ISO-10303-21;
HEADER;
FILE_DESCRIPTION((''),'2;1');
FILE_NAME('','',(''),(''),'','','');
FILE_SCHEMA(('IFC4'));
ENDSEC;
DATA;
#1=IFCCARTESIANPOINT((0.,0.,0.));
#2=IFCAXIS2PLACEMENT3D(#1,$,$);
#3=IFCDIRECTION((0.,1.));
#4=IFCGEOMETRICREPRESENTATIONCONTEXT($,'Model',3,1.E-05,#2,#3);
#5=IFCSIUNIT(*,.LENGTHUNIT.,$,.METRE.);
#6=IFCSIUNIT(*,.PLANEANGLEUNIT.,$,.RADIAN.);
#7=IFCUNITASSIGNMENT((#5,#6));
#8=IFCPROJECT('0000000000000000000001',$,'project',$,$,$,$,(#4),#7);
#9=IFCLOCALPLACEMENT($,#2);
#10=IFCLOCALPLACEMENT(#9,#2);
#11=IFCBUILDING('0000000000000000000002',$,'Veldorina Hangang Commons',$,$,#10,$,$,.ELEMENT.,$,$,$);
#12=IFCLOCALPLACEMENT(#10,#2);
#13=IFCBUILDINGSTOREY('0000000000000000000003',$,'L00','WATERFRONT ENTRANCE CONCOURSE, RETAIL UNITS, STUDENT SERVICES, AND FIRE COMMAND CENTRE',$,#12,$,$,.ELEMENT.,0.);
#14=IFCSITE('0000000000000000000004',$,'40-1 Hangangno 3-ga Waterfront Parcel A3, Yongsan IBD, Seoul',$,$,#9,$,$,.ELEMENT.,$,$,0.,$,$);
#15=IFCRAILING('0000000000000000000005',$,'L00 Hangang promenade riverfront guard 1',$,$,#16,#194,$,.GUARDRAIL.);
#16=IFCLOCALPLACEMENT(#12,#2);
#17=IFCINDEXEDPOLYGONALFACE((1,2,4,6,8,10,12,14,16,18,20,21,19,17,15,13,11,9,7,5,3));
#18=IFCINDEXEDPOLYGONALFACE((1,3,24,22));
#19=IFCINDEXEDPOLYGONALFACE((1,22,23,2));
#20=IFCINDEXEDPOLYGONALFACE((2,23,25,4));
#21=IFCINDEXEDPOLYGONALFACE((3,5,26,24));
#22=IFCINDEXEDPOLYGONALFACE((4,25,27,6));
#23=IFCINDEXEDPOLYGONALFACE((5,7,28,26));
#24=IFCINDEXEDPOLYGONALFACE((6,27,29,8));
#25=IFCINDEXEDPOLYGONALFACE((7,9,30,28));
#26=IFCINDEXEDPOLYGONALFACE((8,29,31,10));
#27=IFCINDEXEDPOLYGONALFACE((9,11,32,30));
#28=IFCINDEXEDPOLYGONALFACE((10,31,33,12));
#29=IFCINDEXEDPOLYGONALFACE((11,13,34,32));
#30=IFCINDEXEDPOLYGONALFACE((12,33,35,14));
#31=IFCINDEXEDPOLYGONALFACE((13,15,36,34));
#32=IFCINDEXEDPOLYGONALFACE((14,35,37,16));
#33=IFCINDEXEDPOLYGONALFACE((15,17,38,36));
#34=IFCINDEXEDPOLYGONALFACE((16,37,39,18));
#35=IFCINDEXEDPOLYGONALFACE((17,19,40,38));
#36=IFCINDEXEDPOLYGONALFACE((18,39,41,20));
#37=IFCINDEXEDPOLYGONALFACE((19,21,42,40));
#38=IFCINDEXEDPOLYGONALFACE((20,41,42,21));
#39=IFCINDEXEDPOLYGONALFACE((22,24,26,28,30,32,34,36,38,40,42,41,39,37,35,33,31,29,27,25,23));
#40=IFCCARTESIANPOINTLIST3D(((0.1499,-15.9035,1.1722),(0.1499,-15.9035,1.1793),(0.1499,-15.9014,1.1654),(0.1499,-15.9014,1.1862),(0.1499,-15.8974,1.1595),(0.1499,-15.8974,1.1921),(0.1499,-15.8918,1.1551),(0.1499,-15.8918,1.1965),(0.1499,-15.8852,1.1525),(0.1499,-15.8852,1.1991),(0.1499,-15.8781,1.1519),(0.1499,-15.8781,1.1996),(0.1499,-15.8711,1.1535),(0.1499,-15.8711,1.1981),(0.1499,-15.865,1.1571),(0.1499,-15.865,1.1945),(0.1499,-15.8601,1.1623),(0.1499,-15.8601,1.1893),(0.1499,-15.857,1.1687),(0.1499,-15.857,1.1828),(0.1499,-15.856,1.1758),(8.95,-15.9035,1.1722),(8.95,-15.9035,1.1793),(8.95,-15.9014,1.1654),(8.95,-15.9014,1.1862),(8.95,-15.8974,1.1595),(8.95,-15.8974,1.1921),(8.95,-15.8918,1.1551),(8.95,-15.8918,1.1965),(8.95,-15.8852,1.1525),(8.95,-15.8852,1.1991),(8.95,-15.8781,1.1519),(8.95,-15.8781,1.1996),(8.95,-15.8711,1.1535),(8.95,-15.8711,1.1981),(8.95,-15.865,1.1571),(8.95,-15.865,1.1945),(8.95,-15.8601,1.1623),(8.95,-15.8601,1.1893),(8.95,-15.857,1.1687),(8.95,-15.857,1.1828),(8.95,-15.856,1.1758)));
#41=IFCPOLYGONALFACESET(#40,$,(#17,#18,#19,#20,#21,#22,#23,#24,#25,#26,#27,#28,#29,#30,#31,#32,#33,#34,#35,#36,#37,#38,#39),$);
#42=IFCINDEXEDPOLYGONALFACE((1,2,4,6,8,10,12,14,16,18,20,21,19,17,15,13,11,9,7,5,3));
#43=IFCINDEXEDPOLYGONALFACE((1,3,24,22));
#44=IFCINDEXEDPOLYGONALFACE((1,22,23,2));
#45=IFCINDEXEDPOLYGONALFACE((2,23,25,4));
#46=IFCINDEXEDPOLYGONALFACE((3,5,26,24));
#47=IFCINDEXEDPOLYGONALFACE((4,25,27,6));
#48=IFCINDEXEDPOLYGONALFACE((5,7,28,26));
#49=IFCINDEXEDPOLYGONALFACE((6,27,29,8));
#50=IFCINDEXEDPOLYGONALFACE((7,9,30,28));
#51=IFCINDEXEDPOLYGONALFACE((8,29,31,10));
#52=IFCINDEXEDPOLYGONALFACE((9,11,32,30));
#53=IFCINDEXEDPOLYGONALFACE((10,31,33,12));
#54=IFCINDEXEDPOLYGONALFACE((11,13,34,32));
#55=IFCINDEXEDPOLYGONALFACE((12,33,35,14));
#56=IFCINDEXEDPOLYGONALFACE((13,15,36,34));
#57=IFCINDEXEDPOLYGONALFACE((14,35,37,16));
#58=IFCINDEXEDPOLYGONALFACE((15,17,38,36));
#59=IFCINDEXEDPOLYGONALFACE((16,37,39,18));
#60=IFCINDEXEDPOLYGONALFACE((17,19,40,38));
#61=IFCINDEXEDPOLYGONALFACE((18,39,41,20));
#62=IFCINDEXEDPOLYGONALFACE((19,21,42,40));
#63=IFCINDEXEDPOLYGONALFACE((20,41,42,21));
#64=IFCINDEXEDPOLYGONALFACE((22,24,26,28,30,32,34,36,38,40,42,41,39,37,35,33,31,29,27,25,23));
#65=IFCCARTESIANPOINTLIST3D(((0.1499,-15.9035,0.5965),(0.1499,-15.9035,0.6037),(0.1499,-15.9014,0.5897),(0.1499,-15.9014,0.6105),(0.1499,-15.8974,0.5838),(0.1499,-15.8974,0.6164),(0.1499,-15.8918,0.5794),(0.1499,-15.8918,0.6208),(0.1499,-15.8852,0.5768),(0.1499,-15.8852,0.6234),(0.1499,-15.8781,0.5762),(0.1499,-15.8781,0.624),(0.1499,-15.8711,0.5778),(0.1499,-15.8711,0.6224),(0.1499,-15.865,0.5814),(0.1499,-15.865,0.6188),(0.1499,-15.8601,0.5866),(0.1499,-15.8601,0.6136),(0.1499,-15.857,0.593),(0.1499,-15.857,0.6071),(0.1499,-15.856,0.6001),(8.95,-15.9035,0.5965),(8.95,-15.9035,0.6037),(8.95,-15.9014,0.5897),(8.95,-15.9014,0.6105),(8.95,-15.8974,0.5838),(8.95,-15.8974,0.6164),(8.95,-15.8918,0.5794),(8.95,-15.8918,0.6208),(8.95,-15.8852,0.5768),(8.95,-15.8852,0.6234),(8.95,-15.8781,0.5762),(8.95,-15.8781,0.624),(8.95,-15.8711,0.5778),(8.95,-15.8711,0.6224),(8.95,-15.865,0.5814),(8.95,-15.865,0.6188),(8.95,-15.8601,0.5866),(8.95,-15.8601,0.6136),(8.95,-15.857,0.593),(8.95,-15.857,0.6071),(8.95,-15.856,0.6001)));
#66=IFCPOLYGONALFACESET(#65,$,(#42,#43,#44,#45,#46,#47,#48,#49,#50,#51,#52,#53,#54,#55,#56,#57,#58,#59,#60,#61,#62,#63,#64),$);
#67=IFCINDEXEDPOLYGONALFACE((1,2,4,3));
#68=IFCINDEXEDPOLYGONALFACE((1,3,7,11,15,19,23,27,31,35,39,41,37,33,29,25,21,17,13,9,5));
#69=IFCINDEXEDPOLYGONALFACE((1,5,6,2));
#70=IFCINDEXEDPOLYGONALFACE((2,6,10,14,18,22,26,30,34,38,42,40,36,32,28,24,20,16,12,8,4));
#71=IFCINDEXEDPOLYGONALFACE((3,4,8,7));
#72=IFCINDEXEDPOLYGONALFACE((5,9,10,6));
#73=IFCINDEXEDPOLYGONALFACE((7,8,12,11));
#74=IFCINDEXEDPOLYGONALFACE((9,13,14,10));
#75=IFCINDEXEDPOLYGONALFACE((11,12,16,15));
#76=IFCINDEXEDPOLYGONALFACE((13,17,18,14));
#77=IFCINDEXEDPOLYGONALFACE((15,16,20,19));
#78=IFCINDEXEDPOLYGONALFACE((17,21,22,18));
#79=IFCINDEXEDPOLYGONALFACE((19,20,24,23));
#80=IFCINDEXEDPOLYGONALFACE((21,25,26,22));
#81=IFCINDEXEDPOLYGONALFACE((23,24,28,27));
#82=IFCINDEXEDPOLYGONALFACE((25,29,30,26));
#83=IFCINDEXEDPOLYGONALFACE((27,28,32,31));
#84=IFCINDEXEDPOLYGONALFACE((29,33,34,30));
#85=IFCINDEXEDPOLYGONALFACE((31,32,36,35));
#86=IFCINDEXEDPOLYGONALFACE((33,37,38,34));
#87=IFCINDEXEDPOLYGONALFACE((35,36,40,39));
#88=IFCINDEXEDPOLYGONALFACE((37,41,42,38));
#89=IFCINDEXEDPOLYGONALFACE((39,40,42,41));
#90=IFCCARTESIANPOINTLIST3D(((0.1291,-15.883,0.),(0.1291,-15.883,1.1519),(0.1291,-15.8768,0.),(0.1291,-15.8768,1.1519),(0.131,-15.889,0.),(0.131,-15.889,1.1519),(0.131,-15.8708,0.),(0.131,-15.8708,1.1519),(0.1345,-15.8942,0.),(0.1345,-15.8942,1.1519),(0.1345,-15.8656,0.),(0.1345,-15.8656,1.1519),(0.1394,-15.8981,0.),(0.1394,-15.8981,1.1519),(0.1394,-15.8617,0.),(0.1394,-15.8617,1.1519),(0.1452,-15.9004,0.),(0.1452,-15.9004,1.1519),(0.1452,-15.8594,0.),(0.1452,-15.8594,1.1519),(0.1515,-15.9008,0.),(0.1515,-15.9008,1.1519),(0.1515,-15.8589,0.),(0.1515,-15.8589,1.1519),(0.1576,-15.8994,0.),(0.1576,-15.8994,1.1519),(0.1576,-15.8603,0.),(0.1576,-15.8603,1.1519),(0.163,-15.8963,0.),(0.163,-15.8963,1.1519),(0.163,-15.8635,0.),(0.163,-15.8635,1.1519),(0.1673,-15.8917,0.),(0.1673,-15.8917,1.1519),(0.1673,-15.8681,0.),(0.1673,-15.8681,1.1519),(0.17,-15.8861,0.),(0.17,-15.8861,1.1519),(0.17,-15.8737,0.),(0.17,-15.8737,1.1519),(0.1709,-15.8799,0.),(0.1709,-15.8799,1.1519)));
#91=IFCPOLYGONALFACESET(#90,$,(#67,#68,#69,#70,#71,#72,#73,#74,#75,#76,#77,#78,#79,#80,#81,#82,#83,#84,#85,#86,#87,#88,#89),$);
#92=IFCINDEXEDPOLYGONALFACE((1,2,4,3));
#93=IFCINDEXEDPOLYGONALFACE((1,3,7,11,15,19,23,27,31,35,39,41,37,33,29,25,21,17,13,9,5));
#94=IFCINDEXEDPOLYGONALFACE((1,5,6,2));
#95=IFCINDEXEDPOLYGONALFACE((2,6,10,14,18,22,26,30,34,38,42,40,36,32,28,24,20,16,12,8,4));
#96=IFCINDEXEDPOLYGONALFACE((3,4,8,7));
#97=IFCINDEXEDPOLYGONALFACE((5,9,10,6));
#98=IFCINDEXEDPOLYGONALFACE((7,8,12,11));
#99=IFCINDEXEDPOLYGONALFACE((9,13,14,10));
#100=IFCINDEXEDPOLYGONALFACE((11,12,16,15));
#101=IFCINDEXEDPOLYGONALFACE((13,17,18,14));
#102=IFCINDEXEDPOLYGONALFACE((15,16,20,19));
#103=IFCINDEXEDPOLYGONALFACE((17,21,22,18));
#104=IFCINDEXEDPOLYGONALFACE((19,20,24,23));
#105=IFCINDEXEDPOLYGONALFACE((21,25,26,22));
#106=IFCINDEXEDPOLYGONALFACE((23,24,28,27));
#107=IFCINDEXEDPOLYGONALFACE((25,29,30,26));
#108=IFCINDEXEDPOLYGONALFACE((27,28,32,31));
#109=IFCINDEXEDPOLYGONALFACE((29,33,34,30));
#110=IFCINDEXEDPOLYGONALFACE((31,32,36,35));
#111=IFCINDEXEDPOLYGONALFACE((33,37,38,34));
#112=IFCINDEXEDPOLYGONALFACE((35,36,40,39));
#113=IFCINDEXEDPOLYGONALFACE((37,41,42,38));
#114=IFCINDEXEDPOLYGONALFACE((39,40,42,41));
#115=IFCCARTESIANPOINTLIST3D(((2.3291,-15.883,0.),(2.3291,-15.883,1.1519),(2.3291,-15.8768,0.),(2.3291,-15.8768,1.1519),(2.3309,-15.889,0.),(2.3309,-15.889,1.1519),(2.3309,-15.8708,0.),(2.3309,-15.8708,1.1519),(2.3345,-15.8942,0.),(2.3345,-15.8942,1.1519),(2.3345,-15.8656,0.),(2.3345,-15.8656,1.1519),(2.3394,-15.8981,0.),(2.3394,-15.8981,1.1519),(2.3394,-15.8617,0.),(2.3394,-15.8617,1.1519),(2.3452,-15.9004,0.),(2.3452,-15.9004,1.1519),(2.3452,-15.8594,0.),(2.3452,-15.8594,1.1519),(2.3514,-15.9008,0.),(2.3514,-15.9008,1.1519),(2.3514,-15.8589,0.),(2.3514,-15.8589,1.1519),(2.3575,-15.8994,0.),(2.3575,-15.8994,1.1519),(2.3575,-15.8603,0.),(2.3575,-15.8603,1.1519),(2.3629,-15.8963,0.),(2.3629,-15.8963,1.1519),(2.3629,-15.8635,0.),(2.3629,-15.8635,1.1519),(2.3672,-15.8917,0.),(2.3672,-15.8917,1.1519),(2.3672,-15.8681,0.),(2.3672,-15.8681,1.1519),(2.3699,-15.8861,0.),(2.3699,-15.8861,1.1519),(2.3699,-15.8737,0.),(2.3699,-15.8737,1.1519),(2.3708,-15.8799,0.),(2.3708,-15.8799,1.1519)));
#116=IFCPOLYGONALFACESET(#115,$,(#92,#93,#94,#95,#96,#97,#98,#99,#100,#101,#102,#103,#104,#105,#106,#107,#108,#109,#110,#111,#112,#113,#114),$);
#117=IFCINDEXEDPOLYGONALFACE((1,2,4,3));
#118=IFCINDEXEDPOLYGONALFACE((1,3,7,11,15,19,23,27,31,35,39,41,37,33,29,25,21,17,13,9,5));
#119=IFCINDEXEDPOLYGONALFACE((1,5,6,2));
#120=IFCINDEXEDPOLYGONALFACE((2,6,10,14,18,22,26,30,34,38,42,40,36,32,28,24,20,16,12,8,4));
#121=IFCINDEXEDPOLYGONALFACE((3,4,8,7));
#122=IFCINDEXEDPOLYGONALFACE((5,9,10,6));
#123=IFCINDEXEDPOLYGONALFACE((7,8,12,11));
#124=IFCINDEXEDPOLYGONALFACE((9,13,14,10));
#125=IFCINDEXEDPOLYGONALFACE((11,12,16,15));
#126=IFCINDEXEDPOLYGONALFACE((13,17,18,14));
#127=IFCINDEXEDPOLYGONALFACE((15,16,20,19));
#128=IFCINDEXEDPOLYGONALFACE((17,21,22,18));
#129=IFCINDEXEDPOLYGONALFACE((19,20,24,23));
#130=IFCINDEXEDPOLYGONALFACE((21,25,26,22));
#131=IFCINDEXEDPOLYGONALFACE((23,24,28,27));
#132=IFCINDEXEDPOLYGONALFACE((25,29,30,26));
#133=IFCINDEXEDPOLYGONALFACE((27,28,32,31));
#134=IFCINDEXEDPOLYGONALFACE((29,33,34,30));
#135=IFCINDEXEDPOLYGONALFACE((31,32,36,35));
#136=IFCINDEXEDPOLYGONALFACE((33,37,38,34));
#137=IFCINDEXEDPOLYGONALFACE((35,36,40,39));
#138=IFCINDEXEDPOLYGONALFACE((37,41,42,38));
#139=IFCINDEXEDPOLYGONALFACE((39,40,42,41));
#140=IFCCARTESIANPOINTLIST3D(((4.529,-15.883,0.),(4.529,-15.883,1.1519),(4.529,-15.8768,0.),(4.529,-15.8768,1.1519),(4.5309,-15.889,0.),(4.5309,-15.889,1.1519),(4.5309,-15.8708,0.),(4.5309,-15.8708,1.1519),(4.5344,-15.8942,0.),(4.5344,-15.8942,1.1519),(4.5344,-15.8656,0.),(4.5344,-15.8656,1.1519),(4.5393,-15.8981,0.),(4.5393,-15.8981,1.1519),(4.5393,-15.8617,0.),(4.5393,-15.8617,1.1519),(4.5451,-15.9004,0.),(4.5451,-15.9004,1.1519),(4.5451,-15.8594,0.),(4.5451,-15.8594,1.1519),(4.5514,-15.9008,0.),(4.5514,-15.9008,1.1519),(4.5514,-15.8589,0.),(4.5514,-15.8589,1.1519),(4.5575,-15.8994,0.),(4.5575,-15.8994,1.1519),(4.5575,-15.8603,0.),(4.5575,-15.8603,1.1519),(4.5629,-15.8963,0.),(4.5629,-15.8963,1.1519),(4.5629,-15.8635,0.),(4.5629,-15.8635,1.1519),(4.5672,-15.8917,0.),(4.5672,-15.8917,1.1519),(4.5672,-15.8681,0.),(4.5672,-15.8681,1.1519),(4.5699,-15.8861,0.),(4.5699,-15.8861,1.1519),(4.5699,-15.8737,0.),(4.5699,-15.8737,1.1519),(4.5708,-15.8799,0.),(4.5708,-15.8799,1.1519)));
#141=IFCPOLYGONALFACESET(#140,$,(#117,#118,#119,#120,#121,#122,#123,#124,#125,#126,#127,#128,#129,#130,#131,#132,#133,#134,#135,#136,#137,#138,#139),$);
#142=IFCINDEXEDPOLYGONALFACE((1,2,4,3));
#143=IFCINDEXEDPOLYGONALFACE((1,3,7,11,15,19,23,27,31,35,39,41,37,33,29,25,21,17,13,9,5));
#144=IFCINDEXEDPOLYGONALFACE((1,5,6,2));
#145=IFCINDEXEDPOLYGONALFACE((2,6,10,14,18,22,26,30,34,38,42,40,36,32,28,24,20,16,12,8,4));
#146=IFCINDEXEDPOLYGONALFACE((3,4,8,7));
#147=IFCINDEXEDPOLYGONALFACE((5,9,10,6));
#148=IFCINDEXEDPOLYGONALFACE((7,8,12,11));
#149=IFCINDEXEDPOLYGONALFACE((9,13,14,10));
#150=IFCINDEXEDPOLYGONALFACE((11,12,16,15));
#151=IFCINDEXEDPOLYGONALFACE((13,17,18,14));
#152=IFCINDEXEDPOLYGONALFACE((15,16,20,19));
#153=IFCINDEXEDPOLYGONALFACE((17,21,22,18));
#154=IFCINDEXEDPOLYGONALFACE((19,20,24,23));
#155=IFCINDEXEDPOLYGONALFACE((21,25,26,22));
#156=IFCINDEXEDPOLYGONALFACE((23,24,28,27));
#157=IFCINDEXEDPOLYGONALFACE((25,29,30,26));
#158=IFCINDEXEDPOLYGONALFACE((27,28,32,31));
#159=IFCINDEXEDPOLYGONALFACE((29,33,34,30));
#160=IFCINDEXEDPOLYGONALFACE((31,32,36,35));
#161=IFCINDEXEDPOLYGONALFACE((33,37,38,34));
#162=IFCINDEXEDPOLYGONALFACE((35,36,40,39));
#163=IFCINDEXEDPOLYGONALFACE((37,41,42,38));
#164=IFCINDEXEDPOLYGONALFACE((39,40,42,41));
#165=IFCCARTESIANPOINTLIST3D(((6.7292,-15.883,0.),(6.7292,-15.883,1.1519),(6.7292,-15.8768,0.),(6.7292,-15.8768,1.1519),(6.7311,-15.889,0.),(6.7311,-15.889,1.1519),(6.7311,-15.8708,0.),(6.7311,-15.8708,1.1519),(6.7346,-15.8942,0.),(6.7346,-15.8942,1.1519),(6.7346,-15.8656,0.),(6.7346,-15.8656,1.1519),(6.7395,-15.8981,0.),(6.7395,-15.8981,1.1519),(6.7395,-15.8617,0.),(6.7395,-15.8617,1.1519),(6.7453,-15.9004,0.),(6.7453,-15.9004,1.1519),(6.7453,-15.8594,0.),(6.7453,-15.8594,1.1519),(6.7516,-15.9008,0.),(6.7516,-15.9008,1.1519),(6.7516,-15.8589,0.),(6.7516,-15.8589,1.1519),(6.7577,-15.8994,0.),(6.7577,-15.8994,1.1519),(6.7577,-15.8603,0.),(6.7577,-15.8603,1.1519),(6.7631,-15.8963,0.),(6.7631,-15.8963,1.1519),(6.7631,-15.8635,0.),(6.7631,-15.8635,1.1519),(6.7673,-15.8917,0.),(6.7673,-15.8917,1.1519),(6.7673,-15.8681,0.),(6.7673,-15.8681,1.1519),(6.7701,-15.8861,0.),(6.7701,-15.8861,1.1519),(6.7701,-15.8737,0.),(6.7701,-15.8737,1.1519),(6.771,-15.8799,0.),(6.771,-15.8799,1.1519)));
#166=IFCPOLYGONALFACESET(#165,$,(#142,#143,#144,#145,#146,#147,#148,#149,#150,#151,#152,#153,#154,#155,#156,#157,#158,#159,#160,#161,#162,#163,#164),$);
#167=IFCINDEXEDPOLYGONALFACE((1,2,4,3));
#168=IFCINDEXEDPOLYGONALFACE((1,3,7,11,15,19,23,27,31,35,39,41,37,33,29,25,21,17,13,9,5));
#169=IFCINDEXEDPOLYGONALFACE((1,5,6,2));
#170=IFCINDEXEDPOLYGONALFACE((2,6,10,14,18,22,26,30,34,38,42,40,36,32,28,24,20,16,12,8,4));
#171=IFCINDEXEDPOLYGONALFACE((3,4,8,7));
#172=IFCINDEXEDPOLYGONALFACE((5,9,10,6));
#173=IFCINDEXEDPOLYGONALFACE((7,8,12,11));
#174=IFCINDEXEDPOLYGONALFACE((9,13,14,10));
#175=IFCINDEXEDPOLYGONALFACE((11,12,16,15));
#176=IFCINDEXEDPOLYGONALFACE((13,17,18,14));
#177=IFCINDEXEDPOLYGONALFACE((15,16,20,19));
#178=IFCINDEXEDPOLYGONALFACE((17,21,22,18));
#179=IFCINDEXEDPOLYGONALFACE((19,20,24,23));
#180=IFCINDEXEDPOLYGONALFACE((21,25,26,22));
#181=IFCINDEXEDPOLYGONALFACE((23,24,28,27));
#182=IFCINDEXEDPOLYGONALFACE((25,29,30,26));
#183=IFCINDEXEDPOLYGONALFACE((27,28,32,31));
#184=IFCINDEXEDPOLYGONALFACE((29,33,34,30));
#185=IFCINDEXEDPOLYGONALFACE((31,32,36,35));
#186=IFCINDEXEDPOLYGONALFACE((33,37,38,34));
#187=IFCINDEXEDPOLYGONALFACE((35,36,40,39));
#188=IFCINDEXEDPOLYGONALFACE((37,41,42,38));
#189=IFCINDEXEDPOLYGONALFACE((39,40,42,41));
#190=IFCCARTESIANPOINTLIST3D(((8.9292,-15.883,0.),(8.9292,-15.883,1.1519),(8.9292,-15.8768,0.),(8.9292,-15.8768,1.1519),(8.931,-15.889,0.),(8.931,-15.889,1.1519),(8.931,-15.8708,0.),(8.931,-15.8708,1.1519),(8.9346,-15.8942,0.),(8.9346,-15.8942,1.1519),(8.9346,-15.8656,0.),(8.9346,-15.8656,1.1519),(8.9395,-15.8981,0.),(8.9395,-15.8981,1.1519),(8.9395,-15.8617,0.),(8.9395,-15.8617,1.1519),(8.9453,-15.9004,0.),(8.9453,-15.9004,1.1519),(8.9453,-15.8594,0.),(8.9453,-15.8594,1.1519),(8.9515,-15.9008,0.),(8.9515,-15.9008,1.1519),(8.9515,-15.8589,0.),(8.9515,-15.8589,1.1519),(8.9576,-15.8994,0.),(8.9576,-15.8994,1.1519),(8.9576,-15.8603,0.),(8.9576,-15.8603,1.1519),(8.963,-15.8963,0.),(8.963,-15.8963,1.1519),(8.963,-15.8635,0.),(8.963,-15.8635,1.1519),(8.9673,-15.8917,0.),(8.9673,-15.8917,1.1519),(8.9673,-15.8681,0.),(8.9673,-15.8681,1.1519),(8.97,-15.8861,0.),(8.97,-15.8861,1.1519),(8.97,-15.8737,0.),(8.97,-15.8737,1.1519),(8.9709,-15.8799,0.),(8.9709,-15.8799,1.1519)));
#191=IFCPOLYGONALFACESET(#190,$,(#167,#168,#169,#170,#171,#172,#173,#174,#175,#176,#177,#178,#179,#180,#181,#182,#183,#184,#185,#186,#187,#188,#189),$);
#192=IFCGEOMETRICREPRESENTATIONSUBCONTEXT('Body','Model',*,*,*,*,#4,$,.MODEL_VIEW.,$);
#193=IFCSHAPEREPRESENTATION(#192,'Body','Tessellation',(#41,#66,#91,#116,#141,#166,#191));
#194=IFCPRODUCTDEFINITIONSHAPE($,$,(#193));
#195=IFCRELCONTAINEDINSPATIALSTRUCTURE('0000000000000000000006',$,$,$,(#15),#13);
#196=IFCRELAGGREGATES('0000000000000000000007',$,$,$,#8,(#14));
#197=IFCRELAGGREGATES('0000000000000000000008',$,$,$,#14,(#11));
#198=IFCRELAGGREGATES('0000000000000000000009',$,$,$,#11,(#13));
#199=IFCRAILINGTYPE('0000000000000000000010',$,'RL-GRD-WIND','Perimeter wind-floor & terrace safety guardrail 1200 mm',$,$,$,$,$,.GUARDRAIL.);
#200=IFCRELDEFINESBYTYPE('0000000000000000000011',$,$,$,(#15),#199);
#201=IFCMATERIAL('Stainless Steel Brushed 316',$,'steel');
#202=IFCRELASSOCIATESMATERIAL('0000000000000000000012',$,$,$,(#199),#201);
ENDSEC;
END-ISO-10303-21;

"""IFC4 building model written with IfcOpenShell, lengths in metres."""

from ifc_helpers import new_model, si_unit, direction, frame, origin, origin_2d, place, context, subcontext, project, spatial, circle, extrude, material, type_object, element, save


model = new_model("IFC4")

# Units and contexts
model_context = context("Model", 3, precision=1e-05, world=origin(), true_north=direction((0.0, 1.0)))
body_context = subcontext(model_context, "Body", "Model", "MODEL_VIEW")
ifc_project = project(units=[si_unit("LENGTHUNIT", "METRE"), si_unit("PLANEANGLEUNIT", "RADIAN")], contexts=[model_context])

# Site, building, storey
site_placement = place(None, origin())
site = spatial("IfcSite", under=ifc_project, at=site_placement, Name="40-1 Hangangno 3-ga Waterfront Parcel A3, Yongsan IBD, Seoul", CompositionType="ELEMENT", RefElevation=0.0)
building_placement = place(site_placement, origin())
building = spatial("IfcBuilding", under=site, at=building_placement, Name="Veldorina Hangang Commons", CompositionType="ELEMENT")
storey_placement = place(building_placement, origin())
storey = spatial("IfcBuildingStorey", under=building, at=storey_placement, Name="L00", Description="WATERFRONT ENTRANCE CONCOURSE, RETAIL UNITS, STUDENT SERVICES, AND FIRE COMMAND CENTRE", CompositionType="ELEMENT", Elevation=0.0)

# Railing
ifc_material_1 = material(Name="Stainless Steel Brushed 316", Category="steel")
railing_type_1 = type_object("IfcRailingType", Name="RL-GRD-WIND", Description="Perimeter wind-floor & terrace safety guardrail 1200 mm", PredefinedType="GUARDRAIL", material=ifc_material_1)
railing_1_placement = place(storey_placement, frame((0.1499, -15.8799, 0.0)))
element("IfcRailing", 1, at=railing_1_placement, inside=storey, type_object=railing_type_1, Name="L00 Hangang promenade riverfront guard 1", PredefinedType="GUARDRAIL", context=body_context, shape_type="SweptSolid", body=[
    extrude(circle(Radius=0.0239, at=origin_2d()), frame((0.0, 0.0, 1.1758), z_axis=(1.0, 0.0, 0.0), x_axis=(0.0, 1.0, 0.0)), (0.0, 0.0, 1.0), 8.8),
    extrude(circle(Radius=0.0239, at=origin_2d()), frame((0.0, 0.0, 0.6001), z_axis=(1.0, 0.0, 0.0), x_axis=(0.0, 1.0, 0.0)), (0.0, 0.0, 1.0), 8.8),
    extrude(circle(Radius=0.021, at=origin_2d()), origin(), (0.0, 0.0, 1.0), 1.1519),
    extrude(circle(Radius=0.021, at=origin_2d()), frame((2.2, 0.0, 0.0)), (0.0, 0.0, 1.0), 1.1519),
    extrude(circle(Radius=0.021, at=origin_2d()), frame((4.3999, 0.0, 0.0)), (0.0, 0.0, 1.0), 1.1519),
    extrude(circle(Radius=0.021, at=origin_2d()), frame((6.6001, 0.0, 0.0)), (0.0, 0.0, 1.0), 1.1519),
    extrude(circle(Radius=0.021, at=origin_2d()), frame((8.8, 0.0, 0.0)), (0.0, 0.0, 1.0), 1.1519),
])

save(model, "model.ifc")
